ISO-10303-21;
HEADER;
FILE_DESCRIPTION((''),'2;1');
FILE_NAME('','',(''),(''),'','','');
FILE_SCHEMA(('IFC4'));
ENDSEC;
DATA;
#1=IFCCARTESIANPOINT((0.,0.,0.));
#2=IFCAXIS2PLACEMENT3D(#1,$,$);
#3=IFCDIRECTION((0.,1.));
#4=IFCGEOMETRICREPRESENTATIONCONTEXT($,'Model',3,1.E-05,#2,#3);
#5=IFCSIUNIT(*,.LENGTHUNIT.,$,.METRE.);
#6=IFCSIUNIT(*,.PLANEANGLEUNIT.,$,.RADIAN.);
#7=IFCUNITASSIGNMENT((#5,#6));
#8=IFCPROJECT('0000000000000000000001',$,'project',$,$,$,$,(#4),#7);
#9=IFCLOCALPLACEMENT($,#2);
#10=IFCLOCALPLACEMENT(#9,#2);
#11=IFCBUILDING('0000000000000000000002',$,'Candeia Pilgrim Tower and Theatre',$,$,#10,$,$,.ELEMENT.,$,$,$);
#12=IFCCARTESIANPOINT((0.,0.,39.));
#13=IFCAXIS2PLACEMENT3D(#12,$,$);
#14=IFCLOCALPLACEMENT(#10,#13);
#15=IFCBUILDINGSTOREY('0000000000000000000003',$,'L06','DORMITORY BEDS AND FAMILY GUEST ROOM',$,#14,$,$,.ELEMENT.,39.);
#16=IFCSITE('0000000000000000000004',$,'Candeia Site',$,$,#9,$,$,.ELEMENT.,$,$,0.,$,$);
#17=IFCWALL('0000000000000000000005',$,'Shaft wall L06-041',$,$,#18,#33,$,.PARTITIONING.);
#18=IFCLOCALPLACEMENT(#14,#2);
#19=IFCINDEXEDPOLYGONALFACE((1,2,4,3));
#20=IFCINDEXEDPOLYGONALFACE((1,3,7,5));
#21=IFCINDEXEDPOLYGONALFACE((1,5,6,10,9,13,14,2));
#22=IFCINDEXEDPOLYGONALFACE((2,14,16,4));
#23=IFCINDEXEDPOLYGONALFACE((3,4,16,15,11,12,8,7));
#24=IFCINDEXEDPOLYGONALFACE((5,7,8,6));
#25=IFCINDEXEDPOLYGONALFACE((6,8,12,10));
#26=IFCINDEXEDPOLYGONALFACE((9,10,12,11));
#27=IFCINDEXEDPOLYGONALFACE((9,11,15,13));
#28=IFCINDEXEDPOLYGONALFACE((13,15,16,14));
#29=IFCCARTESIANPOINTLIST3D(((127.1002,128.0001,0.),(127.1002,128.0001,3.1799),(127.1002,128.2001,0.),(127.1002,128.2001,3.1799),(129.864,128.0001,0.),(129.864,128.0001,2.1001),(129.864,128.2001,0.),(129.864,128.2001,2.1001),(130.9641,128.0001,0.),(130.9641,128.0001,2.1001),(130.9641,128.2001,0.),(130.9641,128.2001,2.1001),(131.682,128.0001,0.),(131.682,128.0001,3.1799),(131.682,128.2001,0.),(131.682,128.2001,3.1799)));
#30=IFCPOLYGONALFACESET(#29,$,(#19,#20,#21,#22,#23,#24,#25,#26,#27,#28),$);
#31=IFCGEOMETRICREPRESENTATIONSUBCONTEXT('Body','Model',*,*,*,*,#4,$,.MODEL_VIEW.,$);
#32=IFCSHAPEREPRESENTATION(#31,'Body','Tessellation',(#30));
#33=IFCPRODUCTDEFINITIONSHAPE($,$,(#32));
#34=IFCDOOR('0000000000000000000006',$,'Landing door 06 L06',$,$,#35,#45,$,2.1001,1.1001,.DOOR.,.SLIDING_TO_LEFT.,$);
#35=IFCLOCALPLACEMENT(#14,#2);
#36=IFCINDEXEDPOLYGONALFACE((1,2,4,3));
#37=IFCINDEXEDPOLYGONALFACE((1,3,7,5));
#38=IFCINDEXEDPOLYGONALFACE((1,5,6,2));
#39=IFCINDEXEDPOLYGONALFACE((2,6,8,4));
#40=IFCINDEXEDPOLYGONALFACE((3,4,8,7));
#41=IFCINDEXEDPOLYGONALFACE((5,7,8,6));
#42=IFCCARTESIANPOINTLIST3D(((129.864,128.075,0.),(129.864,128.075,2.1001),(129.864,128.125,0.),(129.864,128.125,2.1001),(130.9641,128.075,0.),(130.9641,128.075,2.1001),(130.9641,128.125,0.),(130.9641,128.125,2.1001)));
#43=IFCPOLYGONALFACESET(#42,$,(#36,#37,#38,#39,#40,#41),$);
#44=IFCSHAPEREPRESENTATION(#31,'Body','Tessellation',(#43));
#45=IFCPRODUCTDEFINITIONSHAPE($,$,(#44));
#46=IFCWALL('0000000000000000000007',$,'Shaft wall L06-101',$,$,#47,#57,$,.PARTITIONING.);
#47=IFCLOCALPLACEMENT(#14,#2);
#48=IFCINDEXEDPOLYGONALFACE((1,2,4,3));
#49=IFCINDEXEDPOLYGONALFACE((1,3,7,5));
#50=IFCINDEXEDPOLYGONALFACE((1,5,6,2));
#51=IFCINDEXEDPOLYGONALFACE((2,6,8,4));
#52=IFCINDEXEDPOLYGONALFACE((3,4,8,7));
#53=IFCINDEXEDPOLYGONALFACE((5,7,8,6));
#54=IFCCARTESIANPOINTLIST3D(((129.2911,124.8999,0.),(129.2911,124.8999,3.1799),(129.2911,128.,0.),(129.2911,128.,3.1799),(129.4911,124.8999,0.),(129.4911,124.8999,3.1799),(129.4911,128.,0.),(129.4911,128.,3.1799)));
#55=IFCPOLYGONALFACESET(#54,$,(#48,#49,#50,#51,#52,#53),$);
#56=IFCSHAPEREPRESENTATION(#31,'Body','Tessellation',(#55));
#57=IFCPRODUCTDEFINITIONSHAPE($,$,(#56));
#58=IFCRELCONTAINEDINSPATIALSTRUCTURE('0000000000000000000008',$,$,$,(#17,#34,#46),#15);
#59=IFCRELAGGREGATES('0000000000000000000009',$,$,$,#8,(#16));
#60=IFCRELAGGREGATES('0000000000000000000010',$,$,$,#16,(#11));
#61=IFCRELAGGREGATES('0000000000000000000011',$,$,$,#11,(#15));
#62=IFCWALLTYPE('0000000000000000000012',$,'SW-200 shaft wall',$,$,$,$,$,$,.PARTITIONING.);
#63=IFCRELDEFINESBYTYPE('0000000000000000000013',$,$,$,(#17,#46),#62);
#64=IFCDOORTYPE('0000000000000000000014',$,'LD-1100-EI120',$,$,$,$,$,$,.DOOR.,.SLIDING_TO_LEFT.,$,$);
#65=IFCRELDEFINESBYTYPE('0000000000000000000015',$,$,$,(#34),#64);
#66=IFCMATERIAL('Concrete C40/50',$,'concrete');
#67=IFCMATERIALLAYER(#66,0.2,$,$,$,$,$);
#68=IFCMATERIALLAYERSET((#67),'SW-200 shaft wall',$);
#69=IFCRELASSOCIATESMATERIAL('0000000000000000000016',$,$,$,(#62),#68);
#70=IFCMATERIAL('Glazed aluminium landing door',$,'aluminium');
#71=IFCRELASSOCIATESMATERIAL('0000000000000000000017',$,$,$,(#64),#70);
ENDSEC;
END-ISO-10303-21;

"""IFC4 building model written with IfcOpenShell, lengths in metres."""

from ifc_helpers import new_model, si_unit, direction, frame, frame_2d, origin, place, context, subcontext, project, spatial, rectangle, extrude, material, layer, layer_set, type_object, element, fill, save


model = new_model("IFC4")

# Units and contexts
model_context = context("Model", 3, precision=1e-05, world=origin(), true_north=direction((0.0, 1.0)))
body_context = subcontext(model_context, "Body", "Model", "MODEL_VIEW")
ifc_project = project(units=[si_unit("LENGTHUNIT", "METRE"), si_unit("PLANEANGLEUNIT", "RADIAN")], contexts=[model_context])

# Site, building, storey
site_placement = place(None, origin())
site = spatial("IfcSite", under=ifc_project, at=site_placement, Name="Candeia Site", CompositionType="ELEMENT", RefElevation=0.0)
building_placement = place(site_placement, origin())
building = spatial("IfcBuilding", under=site, at=building_placement, Name="Candeia Pilgrim Tower and Theatre", CompositionType="ELEMENT")
storey_placement = place(building_placement, frame((0.0, 0.0, 39.0)))
storey = spatial("IfcBuildingStorey", under=building, at=storey_placement, Name="L06", Description="DORMITORY BEDS AND FAMILY GUEST ROOM", CompositionType="ELEMENT", Elevation=39.0)

# Shared definitions
ifc_material_1 = material(Name="Concrete C40/50", Category="concrete")
ifc_layer_1 = layer(ifc_material_1, 0.2)
ifc_layer_set_1 = layer_set([ifc_layer_1], Name="SW-200 shaft wall")
wall_type_1 = type_object("IfcWallType", Name="SW-200 shaft wall", PredefinedType="PARTITIONING", material=ifc_layer_set_1)

# Wall, opening, door
ifc_material_2 = material(Name="Glazed aluminium landing door", Category="aluminium")
door_type_1 = type_object("IfcDoorType", Name="LD-1100-EI120", OperationType="SLIDING_TO_LEFT", PredefinedType="DOOR", material=ifc_material_2)
wall_1_placement = place(storey_placement, frame((127.1001, 128.1001, 0.0), z_axis=(0.0, 0.0, 1.0), x_axis=(1.0, 0.0, 0.0)))
wall_1 = element("IfcWall", 1, at=wall_1_placement, inside=storey, type_object=wall_type_1, Name="Shaft wall L06-041", PredefinedType="PARTITIONING", context=body_context, shape_type="SweptSolid", body=[
    extrude(rectangle(XDim=4.5818, YDim=0.2, at=frame_2d((2.291, 0.0))), origin(), (0.0, 0.0, 1.0), 3.1799),
])
opening_1_placement = place(wall_1_placement, frame((2.7639, 0.0, 0.0)))
opening_1 = element("IfcOpeningElement", 2, at=opening_1_placement, cuts=wall_1, PredefinedType="OPENING", context=body_context, shape_type="SweptSolid", body=[
    extrude(rectangle(XDim=1.1001, YDim=2.1001, at=frame_2d((0.55, 1.05))), frame((0.0, 0.1099, 0.0), z_axis=(0.0, -1.0, 0.0), x_axis=(1.0, 0.0, 0.0)), (0.0, 0.0, 1.0), 0.22),
])
door_1_placement = place(opening_1_placement, origin())
door_1 = element("IfcDoor", 3, at=door_1_placement, inside=storey, type_object=door_type_1, Name="Landing door 06 L06", OperationType="SLIDING_TO_LEFT", OverallHeight=2.1001, OverallWidth=1.1001, PredefinedType="DOOR", context=body_context, shape_type="SweptSolid", body=[
    extrude(rectangle(XDim=1.1001, YDim=2.1001, at=frame_2d((0.55, 1.05))), frame((0.0, 0.0249, 0.0), z_axis=(0.0, -1.0, 0.0), x_axis=(1.0, 0.0, 0.0)), (0.0, 0.0, 1.0), 0.05),
])
fill(opening_1, door_1)

# Wall
wall_2_placement = place(storey_placement, frame((129.3911, 124.8999, 0.0), z_axis=(0.0, 0.0, 1.0), x_axis=(0.0, 1.0, 0.0)))
element("IfcWall", 4, at=wall_2_placement, inside=storey, type_object=wall_type_1, Name="Shaft wall L06-101", PredefinedType="PARTITIONING", context=body_context, shape_type="SweptSolid", body=[
    extrude(rectangle(XDim=3.1001, YDim=0.2, at=frame_2d((1.55, 0.0))), origin(), (0.0, 0.0, 1.0), 3.1799),
])

save(model, "model.ifc")
